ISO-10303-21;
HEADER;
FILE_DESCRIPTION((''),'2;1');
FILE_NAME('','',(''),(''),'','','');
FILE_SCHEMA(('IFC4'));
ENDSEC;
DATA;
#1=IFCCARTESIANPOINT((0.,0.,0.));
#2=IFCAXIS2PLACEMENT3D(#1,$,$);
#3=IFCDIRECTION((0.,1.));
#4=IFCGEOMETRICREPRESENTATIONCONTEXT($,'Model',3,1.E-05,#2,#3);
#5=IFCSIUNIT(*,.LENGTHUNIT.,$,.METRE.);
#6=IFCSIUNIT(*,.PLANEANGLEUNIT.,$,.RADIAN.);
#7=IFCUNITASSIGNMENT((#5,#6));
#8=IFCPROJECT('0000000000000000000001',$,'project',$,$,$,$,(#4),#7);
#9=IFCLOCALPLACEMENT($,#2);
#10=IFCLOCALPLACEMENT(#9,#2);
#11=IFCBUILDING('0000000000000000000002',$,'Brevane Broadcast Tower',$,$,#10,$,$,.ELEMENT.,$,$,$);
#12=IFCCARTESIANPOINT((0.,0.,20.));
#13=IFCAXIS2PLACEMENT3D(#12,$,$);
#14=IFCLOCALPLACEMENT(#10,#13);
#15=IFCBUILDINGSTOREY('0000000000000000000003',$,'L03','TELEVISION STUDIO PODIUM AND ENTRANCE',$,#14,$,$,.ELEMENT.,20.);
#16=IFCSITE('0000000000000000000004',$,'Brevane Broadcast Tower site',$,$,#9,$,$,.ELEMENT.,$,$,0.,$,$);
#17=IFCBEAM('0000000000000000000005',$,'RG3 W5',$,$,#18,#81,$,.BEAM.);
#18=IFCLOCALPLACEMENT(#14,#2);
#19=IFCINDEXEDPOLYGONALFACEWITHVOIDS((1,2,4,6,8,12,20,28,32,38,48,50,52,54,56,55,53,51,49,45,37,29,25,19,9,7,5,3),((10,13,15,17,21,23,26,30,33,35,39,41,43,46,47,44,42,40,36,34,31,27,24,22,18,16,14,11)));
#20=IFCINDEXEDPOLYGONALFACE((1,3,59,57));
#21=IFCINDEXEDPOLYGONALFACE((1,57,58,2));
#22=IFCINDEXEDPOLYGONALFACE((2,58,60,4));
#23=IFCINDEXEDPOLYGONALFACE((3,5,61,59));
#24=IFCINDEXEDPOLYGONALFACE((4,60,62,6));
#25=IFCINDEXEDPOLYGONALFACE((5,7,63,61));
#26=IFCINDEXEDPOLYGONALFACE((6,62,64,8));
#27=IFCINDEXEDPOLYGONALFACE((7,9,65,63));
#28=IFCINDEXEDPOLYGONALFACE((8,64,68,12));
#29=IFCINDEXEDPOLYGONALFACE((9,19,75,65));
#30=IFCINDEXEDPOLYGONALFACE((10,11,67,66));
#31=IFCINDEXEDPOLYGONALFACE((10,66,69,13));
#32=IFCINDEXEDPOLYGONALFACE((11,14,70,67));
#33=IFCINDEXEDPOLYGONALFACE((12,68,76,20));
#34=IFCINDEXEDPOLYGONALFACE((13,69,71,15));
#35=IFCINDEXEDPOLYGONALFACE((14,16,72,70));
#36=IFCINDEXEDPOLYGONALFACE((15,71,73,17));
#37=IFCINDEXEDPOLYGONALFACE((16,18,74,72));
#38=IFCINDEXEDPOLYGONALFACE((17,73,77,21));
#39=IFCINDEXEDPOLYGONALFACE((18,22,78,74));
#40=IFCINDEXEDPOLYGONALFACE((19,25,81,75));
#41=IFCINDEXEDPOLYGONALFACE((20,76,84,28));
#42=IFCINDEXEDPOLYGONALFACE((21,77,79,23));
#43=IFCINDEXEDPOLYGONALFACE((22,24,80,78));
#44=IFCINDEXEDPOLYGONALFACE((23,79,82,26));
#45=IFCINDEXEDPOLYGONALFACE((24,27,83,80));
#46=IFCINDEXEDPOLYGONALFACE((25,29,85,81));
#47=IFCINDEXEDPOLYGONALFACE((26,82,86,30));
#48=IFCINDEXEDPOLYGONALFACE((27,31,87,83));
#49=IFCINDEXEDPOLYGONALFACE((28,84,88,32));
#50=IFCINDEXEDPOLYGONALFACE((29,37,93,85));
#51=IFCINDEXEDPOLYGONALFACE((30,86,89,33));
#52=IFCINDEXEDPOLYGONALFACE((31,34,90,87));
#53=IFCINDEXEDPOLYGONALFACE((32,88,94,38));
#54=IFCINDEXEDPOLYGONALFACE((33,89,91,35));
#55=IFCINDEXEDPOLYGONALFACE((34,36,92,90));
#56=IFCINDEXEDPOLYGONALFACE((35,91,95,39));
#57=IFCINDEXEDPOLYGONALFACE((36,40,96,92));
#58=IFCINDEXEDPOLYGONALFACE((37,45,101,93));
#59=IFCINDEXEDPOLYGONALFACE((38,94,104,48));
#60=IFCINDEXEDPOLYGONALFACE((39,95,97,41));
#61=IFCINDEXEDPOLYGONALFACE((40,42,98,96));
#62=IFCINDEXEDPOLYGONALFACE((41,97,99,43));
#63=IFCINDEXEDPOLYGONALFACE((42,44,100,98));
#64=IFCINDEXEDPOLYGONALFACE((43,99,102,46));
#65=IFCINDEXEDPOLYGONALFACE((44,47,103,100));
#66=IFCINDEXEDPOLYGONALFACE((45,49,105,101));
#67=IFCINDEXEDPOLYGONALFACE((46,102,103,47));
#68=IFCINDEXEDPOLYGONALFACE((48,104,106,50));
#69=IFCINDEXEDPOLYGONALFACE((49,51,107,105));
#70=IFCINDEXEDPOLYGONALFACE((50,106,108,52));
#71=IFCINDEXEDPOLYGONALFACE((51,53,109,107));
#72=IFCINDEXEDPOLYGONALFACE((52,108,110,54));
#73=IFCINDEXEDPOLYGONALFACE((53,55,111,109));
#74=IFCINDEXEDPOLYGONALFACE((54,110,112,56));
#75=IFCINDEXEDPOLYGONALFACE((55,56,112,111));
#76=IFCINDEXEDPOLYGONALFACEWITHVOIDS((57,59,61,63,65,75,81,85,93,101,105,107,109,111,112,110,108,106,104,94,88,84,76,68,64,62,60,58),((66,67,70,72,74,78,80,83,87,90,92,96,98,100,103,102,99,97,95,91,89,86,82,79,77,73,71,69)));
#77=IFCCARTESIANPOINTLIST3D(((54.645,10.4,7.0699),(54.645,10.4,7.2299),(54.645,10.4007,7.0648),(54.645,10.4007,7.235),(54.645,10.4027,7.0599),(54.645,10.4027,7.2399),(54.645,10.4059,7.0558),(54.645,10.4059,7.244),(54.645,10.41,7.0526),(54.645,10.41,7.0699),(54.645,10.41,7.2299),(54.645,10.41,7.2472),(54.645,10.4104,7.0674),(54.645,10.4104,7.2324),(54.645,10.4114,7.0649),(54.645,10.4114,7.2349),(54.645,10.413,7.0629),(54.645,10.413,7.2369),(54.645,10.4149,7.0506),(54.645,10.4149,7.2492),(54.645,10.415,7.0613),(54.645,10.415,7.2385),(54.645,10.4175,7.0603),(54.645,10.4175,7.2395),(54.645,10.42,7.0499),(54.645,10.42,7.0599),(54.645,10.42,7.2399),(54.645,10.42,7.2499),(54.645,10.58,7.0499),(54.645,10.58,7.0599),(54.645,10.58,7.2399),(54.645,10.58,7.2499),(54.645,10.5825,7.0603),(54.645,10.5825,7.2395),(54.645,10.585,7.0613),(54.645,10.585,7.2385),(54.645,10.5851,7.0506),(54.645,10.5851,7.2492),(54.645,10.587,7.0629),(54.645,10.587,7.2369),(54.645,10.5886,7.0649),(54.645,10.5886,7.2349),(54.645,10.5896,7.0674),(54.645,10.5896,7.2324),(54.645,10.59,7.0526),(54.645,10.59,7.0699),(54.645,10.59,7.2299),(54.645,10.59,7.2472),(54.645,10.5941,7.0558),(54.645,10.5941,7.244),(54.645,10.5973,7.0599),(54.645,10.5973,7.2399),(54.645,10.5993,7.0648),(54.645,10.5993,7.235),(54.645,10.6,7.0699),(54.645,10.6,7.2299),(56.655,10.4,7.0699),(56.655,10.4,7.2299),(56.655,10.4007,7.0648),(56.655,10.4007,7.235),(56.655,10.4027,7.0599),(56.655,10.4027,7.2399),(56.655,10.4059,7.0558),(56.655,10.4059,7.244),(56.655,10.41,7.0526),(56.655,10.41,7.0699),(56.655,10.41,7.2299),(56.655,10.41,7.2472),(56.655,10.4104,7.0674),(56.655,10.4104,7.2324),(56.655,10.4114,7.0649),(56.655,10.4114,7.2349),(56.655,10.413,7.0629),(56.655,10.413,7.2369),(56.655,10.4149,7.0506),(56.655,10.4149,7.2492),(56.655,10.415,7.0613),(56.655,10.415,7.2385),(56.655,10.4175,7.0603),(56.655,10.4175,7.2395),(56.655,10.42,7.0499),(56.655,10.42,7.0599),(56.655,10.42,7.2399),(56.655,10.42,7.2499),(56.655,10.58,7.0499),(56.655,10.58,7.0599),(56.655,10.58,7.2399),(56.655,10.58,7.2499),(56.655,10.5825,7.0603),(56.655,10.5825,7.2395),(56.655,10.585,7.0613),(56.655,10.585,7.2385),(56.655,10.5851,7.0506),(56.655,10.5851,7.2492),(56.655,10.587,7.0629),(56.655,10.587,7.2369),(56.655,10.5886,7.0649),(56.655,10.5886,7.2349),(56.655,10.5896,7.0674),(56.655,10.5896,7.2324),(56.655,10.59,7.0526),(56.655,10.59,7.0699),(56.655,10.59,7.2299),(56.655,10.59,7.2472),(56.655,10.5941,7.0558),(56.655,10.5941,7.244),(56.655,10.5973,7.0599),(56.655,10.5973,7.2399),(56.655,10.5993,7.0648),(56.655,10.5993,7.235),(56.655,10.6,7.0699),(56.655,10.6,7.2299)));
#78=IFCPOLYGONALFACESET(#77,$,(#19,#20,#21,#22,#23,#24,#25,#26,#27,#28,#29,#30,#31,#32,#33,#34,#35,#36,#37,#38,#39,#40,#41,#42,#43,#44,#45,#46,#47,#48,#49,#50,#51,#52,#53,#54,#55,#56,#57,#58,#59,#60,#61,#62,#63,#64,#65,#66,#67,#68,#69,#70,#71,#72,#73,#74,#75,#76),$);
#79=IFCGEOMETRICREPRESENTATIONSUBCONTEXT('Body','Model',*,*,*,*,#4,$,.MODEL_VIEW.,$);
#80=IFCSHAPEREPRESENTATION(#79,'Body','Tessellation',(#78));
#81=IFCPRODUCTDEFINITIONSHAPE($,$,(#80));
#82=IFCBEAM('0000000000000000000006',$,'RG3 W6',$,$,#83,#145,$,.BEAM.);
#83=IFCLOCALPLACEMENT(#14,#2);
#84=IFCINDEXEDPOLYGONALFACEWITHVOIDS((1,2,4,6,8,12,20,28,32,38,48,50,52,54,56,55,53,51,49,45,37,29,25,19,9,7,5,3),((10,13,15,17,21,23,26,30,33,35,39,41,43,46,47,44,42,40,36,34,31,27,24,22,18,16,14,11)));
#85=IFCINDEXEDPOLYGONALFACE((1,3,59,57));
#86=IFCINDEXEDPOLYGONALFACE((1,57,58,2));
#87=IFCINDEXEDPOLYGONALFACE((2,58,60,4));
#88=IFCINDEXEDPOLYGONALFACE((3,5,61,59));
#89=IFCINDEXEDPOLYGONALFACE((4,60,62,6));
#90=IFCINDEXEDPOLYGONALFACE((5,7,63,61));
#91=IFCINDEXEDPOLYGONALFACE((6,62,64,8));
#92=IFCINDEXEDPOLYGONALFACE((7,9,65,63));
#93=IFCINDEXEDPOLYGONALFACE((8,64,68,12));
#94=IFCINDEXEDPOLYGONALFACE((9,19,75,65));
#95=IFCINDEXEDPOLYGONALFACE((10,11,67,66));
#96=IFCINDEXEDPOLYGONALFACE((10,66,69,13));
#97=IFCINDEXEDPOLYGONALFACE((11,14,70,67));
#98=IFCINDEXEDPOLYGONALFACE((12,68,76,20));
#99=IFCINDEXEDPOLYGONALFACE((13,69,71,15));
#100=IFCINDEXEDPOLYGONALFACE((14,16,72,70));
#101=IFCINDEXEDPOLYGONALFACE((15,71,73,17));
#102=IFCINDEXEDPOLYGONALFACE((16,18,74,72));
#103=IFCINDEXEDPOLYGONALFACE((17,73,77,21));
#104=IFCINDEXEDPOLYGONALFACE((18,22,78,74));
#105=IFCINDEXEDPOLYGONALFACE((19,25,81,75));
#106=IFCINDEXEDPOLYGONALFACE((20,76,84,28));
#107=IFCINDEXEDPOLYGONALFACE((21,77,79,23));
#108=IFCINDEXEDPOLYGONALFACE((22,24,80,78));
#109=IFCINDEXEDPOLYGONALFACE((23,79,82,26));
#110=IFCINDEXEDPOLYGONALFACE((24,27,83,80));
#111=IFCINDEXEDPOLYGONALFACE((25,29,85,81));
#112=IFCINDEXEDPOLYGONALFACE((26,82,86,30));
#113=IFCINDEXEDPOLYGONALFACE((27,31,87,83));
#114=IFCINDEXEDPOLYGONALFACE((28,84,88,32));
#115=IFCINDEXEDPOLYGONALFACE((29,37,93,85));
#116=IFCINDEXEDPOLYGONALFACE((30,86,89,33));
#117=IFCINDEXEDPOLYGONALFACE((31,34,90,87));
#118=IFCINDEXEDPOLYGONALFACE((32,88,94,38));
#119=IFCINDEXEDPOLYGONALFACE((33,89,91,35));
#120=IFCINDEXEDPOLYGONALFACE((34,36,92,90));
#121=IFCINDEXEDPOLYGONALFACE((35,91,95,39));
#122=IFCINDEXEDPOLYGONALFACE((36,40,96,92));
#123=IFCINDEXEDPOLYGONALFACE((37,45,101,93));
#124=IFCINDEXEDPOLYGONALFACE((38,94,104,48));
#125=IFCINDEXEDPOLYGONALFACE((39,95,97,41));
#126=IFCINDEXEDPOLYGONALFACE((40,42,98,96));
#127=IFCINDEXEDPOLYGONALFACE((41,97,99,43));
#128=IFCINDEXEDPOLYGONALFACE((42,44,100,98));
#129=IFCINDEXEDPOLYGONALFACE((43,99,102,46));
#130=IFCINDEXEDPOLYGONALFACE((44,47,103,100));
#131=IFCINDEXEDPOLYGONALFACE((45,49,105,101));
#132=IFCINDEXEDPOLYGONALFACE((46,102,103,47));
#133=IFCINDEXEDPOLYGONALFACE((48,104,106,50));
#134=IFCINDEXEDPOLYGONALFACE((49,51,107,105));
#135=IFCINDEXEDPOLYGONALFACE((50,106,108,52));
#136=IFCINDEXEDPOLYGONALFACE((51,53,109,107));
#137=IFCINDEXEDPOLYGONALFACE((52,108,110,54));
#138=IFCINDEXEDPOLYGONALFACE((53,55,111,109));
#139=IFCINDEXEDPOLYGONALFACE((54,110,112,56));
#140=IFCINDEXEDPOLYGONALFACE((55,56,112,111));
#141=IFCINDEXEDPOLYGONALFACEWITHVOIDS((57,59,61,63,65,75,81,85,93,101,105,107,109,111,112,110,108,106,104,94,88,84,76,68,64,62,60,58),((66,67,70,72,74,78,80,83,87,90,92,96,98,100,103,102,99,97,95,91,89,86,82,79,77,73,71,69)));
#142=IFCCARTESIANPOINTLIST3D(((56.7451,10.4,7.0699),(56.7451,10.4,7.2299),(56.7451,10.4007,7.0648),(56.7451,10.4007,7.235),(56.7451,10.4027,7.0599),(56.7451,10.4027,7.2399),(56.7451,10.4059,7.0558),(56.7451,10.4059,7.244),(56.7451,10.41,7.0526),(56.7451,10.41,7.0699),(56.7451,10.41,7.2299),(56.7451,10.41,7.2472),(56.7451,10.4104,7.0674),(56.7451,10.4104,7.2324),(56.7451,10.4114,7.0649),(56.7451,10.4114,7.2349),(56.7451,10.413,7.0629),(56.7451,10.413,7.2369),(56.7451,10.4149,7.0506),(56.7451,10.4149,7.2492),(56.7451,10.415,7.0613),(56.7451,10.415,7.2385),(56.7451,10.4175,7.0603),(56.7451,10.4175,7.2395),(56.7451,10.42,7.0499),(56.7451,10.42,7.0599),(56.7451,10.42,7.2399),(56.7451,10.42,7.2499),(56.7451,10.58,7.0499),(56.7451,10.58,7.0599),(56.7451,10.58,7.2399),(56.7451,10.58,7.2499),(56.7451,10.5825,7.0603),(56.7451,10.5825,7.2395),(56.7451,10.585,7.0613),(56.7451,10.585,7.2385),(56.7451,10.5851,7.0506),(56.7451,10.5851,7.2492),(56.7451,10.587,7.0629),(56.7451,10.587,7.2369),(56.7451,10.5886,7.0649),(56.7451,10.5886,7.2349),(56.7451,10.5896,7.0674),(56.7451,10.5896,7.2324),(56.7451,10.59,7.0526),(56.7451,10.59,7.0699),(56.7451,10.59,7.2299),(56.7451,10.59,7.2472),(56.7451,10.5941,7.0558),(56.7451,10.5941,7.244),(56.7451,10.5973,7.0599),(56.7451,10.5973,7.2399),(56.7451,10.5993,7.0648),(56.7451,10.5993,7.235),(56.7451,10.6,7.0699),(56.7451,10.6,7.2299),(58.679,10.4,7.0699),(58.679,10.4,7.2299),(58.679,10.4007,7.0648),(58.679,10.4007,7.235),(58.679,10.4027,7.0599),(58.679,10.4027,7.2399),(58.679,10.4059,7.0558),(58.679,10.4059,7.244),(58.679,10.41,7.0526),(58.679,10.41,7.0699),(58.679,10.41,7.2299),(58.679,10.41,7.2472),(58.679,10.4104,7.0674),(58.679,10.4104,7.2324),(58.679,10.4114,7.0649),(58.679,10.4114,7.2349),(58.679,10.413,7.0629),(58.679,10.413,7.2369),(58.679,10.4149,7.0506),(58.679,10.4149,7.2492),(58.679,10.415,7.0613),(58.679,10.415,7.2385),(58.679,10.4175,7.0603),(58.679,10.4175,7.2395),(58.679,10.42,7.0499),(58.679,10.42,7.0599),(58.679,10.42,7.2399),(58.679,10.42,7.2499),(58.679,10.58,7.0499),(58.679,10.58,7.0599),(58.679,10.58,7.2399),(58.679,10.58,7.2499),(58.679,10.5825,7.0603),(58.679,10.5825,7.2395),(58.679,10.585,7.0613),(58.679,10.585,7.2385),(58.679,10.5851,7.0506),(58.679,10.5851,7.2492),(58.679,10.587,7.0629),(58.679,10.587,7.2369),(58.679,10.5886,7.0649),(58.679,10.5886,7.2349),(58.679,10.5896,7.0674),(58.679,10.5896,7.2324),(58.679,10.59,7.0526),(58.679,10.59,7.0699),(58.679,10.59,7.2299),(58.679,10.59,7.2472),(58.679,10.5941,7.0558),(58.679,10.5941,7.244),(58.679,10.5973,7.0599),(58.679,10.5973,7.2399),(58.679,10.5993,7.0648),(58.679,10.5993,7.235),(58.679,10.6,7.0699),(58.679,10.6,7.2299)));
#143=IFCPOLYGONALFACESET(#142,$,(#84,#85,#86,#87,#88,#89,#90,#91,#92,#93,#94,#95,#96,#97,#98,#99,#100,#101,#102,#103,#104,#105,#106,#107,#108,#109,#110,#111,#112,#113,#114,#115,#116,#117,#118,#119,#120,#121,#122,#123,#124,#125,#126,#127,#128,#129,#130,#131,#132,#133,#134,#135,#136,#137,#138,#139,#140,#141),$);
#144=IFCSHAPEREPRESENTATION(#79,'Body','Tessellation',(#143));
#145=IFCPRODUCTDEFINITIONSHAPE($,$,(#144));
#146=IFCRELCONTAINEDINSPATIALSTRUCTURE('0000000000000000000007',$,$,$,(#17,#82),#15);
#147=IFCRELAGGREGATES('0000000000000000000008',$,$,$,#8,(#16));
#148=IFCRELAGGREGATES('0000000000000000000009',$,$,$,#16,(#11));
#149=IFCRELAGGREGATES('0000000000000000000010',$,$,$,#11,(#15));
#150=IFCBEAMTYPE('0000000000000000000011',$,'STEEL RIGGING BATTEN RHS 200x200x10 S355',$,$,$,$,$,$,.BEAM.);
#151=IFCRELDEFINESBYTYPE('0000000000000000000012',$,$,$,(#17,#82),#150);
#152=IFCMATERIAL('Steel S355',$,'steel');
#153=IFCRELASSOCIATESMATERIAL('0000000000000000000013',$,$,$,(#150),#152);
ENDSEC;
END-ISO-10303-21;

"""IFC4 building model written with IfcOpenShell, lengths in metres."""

from ifc_helpers import new_model, si_unit, direction, frame, origin, origin_2d, place, context, subcontext, project, spatial, hollow_rectangle, extrude, material, material_profile, profile_set, type_object, element, save


model = new_model("IFC4")

# Units and contexts
model_context = context("Model", 3, precision=1e-05, world=origin(), true_north=direction((0.0, 1.0)))
body_context = subcontext(model_context, "Body", "Model", "MODEL_VIEW")
ifc_project = project(units=[si_unit("LENGTHUNIT", "METRE"), si_unit("PLANEANGLEUNIT", "RADIAN")], contexts=[model_context])

# Site, building, storey
site_placement = place(None, origin())
site = spatial("IfcSite", under=ifc_project, at=site_placement, Name="Brevane Broadcast Tower site", CompositionType="ELEMENT", RefElevation=0.0)
building_placement = place(site_placement, origin())
building = spatial("IfcBuilding", under=site, at=building_placement, Name="Brevane Broadcast Tower", CompositionType="ELEMENT")
storey_placement = place(building_placement, frame((0.0, 0.0, 20.0)))
storey = spatial("IfcBuildingStorey", under=building, at=storey_placement, Name="L03", Description="TELEVISION STUDIO PODIUM AND ENTRANCE", CompositionType="ELEMENT", Elevation=20.0)

# Beams
ifc_material_1 = material(Name="Steel S355", Category="steel")
ifc_material_profile_1 = material_profile(ifc_material_1, hollow_rectangle(XDim=0.2, YDim=0.2, WallThickness=0.01, InnerFilletRadius=0.01, OuterFilletRadius=0.02, at=origin_2d()), Name="RHS 200x200x10")
ifc_profile_set_1 = profile_set([ifc_material_profile_1], Name="Steel S355")
beam_type_1 = type_object("IfcBeamType", Name="STEEL RIGGING BATTEN RHS 200x200x10 S355", PredefinedType="BEAM", material=ifc_profile_set_1)
beam_1_placement = place(storey_placement, frame((54.645, 10.5, 7.1499), z_axis=(1.0, 0.0, 0.0), x_axis=(0.0, 1.0, 0.0)))
element("IfcBeam", 1, at=beam_1_placement, inside=storey, type_object=beam_type_1, Name="RG3 W5", PredefinedType="BEAM", context=body_context, shape_type="SweptSolid", body=[
    extrude(hollow_rectangle(XDim=0.2, YDim=0.2, WallThickness=0.01, InnerFilletRadius=0.01, OuterFilletRadius=0.02, at=origin_2d()), origin(), (0.0, 0.0, 1.0), 2.01),
])
beam_2_placement = place(storey_placement, frame((56.7451, 10.5, 7.1499), z_axis=(1.0, 0.0, 0.0), x_axis=(0.0, 1.0, 0.0)))
element("IfcBeam", 2, at=beam_2_placement, inside=storey, type_object=beam_type_1, Name="RG3 W6", PredefinedType="BEAM", context=body_context, shape_type="SweptSolid", body=[
    extrude(hollow_rectangle(XDim=0.2, YDim=0.2, WallThickness=0.01, InnerFilletRadius=0.01, OuterFilletRadius=0.02, at=origin_2d()), origin(), (0.0, 0.0, 1.0), 1.9338),
])

save(model, "model.ifc")
